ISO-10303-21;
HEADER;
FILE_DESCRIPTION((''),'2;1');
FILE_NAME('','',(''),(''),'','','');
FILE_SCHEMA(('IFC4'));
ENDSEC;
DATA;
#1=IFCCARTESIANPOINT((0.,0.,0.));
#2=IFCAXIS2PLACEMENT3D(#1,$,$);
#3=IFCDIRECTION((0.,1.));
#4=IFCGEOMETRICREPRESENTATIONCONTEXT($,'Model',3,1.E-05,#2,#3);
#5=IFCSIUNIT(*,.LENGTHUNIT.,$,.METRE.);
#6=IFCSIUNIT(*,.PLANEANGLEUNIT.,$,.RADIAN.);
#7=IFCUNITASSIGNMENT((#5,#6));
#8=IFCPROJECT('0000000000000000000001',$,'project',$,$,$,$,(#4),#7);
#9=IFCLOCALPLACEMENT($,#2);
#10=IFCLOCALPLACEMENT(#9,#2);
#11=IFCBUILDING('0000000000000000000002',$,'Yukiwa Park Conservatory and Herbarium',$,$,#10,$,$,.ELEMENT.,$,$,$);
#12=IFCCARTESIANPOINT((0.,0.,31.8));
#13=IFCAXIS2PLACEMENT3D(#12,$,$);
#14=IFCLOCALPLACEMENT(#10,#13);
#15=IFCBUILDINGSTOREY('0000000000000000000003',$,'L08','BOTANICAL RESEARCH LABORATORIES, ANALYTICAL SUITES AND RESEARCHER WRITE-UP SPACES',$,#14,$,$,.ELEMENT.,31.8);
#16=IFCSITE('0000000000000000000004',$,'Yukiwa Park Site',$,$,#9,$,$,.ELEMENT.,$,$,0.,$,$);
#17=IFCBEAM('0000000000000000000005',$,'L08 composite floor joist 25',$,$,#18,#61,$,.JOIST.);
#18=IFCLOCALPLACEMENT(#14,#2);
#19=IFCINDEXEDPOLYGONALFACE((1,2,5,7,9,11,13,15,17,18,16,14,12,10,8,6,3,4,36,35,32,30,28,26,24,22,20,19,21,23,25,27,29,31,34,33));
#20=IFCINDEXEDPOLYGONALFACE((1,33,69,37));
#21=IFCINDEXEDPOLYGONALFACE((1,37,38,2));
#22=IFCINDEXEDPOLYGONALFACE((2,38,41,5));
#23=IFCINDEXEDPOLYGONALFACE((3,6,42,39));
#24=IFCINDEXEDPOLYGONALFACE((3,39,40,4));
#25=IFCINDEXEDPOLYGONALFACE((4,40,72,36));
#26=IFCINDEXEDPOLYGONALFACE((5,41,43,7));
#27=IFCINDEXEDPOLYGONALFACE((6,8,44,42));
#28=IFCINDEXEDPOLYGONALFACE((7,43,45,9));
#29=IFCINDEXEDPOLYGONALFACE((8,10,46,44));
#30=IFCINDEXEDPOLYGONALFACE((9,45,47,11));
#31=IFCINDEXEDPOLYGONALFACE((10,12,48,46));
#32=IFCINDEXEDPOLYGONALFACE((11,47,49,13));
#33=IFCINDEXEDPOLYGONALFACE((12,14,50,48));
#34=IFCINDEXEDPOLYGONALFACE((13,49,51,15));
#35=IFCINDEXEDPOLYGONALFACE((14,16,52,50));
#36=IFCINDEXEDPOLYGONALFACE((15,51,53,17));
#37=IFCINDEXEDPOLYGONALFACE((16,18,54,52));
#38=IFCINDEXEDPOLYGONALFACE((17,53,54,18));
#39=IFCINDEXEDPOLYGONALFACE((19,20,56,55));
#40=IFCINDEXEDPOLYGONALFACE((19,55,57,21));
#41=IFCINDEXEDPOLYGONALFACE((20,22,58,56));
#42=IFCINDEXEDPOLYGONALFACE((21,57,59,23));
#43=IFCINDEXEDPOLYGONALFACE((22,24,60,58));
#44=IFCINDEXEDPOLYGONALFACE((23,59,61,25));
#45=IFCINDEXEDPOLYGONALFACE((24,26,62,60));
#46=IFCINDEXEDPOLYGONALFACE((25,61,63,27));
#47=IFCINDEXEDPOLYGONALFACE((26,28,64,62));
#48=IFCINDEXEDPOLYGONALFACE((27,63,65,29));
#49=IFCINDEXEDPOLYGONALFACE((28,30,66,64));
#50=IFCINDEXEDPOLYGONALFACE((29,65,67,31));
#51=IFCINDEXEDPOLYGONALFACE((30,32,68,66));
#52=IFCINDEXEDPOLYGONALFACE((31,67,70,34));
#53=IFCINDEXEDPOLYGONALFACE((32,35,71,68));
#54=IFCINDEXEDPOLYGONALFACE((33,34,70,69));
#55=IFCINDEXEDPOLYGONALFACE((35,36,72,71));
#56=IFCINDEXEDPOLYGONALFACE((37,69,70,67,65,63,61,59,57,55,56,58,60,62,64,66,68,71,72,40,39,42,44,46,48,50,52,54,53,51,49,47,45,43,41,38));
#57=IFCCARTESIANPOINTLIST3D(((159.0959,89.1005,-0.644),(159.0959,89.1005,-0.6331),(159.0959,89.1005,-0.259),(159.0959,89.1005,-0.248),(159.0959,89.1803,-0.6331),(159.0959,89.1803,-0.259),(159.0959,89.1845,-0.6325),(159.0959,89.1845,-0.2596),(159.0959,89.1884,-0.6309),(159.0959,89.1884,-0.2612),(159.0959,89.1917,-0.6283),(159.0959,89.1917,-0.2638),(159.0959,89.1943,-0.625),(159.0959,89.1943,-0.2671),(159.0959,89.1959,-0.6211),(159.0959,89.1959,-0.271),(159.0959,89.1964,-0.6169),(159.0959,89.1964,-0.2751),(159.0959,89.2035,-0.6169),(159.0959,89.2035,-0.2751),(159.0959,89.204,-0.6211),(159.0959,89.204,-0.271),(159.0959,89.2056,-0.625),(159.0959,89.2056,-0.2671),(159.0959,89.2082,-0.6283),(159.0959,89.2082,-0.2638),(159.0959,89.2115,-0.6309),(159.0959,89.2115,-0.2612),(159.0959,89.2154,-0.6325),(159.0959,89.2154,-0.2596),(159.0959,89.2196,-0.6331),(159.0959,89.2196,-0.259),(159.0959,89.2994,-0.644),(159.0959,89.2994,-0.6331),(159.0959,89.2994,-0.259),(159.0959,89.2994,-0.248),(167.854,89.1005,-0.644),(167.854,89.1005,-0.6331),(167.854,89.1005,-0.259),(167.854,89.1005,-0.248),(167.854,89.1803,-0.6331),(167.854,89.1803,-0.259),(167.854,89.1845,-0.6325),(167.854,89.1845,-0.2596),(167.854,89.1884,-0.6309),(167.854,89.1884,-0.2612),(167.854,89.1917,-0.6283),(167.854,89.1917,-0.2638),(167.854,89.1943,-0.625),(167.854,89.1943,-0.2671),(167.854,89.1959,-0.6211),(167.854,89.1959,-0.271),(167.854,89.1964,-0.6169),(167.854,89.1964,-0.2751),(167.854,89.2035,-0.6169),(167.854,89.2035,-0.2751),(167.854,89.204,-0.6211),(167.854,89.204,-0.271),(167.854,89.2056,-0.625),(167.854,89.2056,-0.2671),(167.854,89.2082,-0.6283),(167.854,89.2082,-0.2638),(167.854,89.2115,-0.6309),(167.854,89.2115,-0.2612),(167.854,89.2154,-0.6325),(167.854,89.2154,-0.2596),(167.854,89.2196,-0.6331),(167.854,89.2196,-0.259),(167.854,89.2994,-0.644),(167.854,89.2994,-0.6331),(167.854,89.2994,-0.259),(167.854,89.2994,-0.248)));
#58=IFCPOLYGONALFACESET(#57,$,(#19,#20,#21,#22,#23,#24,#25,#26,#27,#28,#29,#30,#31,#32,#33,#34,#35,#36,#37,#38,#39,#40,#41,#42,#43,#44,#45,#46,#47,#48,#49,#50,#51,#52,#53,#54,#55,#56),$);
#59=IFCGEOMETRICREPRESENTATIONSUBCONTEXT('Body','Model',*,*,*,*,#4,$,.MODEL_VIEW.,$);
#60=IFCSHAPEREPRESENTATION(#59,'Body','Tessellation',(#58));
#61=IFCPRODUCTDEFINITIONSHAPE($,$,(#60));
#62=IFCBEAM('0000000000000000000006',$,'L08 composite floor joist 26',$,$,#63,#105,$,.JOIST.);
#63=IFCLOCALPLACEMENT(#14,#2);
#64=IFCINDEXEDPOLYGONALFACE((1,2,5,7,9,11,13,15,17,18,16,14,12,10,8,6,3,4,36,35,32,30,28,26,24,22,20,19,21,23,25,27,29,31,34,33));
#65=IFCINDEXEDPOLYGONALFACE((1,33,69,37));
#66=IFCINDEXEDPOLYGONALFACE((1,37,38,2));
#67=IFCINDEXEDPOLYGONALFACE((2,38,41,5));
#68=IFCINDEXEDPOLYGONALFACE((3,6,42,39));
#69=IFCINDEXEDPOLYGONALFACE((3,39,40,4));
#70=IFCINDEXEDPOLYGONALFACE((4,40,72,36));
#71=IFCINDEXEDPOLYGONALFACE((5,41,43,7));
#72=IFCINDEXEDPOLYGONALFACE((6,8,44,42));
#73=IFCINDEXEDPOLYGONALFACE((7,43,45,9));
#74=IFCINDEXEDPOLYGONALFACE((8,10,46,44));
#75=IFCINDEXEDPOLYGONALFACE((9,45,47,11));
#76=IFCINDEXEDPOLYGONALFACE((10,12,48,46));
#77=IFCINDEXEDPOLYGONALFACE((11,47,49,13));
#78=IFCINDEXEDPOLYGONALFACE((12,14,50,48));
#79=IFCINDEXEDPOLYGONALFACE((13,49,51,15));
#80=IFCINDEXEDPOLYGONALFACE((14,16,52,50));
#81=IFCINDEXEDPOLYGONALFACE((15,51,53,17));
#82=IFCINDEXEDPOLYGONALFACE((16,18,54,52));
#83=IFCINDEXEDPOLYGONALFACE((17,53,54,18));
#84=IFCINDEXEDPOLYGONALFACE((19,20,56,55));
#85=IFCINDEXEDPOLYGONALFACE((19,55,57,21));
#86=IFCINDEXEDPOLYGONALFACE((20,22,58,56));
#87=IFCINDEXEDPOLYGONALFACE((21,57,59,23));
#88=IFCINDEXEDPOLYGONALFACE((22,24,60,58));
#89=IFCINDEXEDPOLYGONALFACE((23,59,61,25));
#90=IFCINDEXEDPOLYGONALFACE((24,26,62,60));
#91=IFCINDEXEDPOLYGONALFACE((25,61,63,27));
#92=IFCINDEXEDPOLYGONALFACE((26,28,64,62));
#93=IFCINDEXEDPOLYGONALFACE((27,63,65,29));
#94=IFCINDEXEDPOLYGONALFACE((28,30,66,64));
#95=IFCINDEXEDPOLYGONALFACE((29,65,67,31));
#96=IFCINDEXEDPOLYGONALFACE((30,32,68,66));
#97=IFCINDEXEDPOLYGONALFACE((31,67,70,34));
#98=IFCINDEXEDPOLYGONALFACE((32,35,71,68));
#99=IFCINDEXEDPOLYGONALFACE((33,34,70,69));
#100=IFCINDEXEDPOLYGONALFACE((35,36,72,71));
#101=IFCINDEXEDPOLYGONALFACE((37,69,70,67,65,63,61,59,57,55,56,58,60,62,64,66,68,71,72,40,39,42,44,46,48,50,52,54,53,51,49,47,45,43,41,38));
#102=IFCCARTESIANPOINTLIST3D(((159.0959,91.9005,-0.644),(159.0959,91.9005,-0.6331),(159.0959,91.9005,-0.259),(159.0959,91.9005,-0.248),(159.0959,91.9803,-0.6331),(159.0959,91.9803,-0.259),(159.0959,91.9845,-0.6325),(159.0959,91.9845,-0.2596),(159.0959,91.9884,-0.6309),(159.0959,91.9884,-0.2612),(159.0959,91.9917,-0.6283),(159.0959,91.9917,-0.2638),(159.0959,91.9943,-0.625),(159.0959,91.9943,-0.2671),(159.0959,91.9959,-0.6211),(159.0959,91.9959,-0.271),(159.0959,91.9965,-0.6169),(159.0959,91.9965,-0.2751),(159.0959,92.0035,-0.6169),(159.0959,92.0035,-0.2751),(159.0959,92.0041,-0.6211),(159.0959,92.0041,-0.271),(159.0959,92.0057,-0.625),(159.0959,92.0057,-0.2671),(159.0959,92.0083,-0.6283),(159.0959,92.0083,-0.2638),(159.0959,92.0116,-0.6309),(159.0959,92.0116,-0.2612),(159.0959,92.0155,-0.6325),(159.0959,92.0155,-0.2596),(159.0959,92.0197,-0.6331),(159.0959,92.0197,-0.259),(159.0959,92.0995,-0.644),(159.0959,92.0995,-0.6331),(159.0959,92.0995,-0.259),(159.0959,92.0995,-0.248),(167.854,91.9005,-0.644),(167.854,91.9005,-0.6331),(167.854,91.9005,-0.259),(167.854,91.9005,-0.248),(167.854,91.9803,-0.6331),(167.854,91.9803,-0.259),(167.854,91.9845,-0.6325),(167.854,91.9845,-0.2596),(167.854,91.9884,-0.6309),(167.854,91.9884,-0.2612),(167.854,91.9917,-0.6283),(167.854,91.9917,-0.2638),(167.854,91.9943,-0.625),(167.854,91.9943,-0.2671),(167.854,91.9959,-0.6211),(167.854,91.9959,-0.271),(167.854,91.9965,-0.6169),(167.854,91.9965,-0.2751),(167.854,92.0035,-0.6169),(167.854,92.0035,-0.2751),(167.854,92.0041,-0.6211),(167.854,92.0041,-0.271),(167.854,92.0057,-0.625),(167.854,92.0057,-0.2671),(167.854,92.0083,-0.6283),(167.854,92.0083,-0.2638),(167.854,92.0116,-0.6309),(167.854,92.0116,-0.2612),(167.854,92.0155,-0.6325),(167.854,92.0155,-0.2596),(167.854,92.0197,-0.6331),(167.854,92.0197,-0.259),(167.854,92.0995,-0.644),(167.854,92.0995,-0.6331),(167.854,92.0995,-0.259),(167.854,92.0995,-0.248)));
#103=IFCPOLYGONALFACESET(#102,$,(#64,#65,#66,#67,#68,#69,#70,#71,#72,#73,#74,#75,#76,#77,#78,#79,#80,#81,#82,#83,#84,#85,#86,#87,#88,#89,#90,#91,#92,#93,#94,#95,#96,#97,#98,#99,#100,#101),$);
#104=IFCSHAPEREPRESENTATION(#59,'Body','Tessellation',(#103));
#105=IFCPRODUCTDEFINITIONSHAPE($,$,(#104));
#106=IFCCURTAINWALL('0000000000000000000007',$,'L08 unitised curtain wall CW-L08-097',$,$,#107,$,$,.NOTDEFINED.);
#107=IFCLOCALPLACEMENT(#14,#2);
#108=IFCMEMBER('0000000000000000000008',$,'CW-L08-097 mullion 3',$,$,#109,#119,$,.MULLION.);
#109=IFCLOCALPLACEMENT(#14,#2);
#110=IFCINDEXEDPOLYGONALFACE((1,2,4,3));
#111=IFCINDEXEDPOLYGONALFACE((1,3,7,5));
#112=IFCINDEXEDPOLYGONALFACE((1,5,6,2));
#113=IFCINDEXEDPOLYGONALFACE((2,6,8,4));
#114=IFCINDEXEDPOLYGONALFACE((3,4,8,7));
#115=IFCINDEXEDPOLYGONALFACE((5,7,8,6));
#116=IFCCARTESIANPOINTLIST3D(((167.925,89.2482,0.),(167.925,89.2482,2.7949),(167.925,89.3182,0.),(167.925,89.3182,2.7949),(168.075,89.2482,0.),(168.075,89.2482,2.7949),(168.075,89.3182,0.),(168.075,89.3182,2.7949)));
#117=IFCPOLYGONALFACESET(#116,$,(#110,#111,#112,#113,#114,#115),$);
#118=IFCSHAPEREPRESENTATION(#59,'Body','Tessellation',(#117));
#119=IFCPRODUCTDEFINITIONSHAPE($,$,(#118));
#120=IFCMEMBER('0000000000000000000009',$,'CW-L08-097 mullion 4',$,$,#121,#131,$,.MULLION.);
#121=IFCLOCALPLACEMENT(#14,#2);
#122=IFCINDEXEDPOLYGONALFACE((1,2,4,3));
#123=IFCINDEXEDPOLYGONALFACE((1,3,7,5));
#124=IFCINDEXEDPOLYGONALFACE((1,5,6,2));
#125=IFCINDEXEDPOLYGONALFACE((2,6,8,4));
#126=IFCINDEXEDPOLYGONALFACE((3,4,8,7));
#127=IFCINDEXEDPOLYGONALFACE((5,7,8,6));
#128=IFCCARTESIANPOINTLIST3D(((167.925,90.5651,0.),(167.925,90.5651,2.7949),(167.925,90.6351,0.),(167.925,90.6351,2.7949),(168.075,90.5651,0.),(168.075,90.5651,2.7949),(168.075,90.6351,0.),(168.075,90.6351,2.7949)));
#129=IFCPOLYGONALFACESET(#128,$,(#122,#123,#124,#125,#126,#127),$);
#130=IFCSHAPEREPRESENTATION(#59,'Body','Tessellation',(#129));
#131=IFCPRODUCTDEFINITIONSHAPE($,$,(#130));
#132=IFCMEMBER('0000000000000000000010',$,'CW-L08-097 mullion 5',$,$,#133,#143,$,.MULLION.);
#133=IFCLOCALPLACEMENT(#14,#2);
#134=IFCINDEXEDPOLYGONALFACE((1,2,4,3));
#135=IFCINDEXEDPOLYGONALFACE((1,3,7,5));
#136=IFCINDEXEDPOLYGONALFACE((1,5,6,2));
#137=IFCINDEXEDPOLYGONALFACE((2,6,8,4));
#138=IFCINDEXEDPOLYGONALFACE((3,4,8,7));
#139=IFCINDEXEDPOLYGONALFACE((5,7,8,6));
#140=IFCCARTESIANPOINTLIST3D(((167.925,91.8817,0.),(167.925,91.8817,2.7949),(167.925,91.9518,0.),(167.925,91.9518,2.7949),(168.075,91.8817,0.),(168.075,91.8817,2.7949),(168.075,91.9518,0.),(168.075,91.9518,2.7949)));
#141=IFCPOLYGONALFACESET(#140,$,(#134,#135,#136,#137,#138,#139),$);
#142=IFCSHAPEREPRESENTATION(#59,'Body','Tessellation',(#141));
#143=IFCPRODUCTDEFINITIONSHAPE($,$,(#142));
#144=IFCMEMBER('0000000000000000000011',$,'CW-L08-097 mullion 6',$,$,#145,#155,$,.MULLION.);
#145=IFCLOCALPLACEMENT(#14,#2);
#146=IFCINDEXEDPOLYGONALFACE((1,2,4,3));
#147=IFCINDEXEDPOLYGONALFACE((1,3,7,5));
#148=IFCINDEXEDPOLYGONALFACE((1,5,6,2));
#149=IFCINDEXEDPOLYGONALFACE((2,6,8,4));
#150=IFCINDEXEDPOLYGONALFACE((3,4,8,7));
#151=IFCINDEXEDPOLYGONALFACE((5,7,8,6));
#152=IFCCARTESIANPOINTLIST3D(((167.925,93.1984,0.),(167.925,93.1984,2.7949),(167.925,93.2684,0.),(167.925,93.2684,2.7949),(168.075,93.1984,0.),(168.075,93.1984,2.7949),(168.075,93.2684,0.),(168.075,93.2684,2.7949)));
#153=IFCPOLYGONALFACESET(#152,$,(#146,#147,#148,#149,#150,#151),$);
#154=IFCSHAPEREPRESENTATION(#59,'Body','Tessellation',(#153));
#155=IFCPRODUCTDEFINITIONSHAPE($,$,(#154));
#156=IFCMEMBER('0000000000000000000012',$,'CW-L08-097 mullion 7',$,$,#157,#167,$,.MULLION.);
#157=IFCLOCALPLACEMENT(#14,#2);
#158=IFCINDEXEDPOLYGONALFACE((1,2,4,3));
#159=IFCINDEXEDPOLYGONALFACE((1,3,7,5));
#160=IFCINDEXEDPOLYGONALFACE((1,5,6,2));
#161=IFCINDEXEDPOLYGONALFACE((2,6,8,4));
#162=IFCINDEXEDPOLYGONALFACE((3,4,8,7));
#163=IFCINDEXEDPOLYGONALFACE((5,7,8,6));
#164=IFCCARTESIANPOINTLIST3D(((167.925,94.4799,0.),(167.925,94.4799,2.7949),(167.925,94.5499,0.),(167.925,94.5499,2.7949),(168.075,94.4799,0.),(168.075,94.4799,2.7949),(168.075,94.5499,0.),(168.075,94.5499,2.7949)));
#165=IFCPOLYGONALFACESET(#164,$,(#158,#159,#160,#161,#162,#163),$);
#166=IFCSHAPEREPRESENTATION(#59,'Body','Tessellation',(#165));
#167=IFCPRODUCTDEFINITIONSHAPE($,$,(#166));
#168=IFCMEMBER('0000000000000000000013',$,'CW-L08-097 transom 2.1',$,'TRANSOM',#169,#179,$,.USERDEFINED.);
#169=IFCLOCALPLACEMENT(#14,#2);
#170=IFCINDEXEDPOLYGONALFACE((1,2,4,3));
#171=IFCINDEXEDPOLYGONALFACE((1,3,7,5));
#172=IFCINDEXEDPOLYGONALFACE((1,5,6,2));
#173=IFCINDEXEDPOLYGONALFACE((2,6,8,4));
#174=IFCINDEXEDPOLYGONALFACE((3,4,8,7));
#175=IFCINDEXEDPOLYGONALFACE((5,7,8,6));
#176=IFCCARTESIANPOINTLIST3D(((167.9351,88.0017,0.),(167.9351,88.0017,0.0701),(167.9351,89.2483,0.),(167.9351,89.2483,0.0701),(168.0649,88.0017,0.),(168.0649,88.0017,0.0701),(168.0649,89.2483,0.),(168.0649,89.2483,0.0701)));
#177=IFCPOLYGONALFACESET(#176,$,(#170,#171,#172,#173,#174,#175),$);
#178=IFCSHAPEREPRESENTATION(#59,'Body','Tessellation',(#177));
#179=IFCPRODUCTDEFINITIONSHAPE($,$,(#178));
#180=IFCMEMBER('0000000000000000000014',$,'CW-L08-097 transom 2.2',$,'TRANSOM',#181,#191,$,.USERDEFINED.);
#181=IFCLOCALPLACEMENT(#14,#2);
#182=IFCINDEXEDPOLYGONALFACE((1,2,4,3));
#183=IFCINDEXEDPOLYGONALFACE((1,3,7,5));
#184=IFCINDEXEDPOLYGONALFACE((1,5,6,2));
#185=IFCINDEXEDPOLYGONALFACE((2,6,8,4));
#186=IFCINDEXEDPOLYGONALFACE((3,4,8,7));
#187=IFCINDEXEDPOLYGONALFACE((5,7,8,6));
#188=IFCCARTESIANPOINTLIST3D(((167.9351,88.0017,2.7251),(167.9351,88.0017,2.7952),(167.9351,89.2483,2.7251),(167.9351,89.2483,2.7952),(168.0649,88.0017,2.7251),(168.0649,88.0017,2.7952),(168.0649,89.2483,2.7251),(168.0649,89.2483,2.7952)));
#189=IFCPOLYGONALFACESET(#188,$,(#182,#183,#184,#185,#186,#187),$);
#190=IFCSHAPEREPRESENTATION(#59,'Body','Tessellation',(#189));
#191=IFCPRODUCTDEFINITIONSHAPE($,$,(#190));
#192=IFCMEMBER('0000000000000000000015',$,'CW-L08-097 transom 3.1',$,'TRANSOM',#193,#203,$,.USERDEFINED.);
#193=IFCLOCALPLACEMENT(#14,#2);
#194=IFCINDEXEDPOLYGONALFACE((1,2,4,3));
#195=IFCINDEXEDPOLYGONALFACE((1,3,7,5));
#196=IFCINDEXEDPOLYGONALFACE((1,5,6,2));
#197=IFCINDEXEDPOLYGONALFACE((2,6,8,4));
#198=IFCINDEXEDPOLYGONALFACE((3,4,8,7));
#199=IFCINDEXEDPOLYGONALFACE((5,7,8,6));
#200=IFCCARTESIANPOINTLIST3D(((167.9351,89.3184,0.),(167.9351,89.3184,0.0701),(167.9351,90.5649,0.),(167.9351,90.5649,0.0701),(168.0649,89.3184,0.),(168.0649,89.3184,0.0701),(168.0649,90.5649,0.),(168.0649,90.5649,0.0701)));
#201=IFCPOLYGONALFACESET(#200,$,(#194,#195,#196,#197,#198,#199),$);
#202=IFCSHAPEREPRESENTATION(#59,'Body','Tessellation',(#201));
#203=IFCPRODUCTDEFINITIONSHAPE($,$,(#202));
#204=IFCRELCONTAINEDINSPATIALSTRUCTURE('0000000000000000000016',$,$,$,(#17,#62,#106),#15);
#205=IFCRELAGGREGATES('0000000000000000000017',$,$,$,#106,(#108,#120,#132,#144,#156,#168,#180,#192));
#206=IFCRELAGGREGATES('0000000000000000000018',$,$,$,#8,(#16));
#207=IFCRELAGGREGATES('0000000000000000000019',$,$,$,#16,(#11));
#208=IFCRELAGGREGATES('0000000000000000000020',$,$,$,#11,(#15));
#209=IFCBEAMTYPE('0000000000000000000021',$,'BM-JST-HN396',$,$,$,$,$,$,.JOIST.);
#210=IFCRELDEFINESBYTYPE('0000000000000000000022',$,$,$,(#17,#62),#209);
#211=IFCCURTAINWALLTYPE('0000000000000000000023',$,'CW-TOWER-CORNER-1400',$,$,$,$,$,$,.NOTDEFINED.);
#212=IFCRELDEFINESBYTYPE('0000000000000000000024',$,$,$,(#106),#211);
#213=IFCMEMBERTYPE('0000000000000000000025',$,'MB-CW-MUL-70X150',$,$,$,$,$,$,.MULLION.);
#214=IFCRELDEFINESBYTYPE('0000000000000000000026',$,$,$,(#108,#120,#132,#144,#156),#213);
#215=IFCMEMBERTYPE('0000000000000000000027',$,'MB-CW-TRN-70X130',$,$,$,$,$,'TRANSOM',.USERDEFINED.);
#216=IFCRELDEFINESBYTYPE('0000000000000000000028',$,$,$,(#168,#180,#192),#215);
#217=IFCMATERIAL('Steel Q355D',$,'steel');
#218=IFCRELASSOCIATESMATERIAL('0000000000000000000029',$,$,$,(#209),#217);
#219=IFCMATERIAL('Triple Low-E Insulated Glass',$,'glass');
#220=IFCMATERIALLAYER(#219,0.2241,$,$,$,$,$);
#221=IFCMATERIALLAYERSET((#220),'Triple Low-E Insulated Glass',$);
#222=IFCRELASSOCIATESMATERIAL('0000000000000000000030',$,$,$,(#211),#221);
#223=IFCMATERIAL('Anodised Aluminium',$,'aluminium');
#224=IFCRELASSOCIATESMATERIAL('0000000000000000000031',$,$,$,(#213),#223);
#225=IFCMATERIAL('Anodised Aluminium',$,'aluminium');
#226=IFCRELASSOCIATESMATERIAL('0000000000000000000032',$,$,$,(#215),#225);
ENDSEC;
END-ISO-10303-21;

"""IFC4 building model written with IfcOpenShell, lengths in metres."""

from ifc_helpers import new_model, si_unit, direction, frame, origin, origin_2d, place, context, subcontext, project, spatial, rectangle, i_section, extrude, material, layer, layer_set, material_profile, profile_set, type_object, element, aggregate, save


model = new_model("IFC4")

# Units and contexts
model_context = context("Model", 3, precision=1e-05, world=origin(), true_north=direction((0.0, 1.0)))
body_context = subcontext(model_context, "Body", "Model", "MODEL_VIEW")
ifc_project = project(units=[si_unit("LENGTHUNIT", "METRE"), si_unit("PLANEANGLEUNIT", "RADIAN")], contexts=[model_context])

# Site, building, storey
site_placement = place(None, origin())
site = spatial("IfcSite", under=ifc_project, at=site_placement, Name="Yukiwa Park Site", CompositionType="ELEMENT", RefElevation=0.0)
building_placement = place(site_placement, origin())
building = spatial("IfcBuilding", under=site, at=building_placement, Name="Yukiwa Park Conservatory and Herbarium", CompositionType="ELEMENT")
storey_placement = place(building_placement, frame((0.0, 0.0, 31.8)))
storey = spatial("IfcBuildingStorey", under=building, at=storey_placement, Name="L08", Description="BOTANICAL RESEARCH LABORATORIES, ANALYTICAL SUITES AND RESEARCHER WRITE-UP SPACES", CompositionType="ELEMENT", Elevation=31.8)

# Beams
ifc_material_1 = material(Name="Steel Q355D", Category="steel")
ifc_material_profile = material_profile(ifc_material_1, i_section(OverallWidth=0.199, OverallDepth=0.396, WebThickness=0.0071, FlangeThickness=0.011, FilletRadius=0.0161, at=origin_2d()), Name="HN 396x199x7x11")
ifc_profile_set = profile_set([ifc_material_profile], Name="Steel Q355D")
beam_type = type_object("IfcBeamType", Name="BM-JST-HN396", PredefinedType="JOIST", material=ifc_profile_set)
for number, where, z_axis, x_axis, name in (
    (1, (159.0959, 89.2, -0.446), (1.0, 0.0, 0.0), (0.0, 1.0, 0.0), "L08 composite floor joist 25"),
    (2, (159.0959, 92.0, -0.446), (1.0, 0.0, 0.0), (0.0, 1.0, 0.0), "L08 composite floor joist 26"),
):
    element("IfcBeam", number, at=place(storey_placement, frame(where, z_axis=z_axis, x_axis=x_axis)), inside=storey, type_object=beam_type, Name=name, PredefinedType="JOIST", context=body_context, shape_type="SweptSolid", body=[
        extrude(i_section(OverallWidth=0.199, OverallDepth=0.396, WebThickness=0.0071, FlangeThickness=0.011, FilletRadius=0.0161, at=origin_2d()), origin(), (0.0, 0.0, 1.0), 8.7581),
    ])

# Curtain wall, members
ifc_material_2 = material(Name="Triple Low-E Insulated Glass", Category="glass")
ifc_layer_1 = layer(ifc_material_2, 0.2241)
ifc_layer_set_1 = layer_set([ifc_layer_1], Name="Triple Low-E Insulated Glass")
curtain_wall_type = type_object("IfcCurtainWallType", Name="CW-TOWER-CORNER-1400", PredefinedType="NOTDEFINED", material=ifc_layer_set_1)
curtain_wall_placement = place(storey_placement, origin())
curtain_wall = element("IfcCurtainWall", 3, at=curtain_wall_placement, inside=storey, type_object=curtain_wall_type, Name="L08 unitised curtain wall CW-L08-097", PredefinedType="NOTDEFINED")
ifc_material_3 = material(Name="Anodised Aluminium", Category="aluminium")
member_type_1 = type_object("IfcMemberType", Name="MB-CW-MUL-70X150", PredefinedType="MULLION", material=ifc_material_3)
member_1_placement = place(storey_placement, frame((168.0, 89.2832, 0.0), z_axis=(0.0, 0.0, 1.0), x_axis=(0.0, 1.0, 0.0)))
member_1 = element("IfcMember", 4, at=member_1_placement, type_object=member_type_1, Name="CW-L08-097 mullion 3", PredefinedType="MULLION", context=body_context, shape_type="SweptSolid", body=[
    extrude(rectangle(XDim=0.0701, YDim=0.1499, at=origin_2d()), origin(), (0.0, 0.0, 1.0), 2.7949),
])
member_2_placement = place(storey_placement, frame((168.0, 90.6001, 0.0), z_axis=(0.0, 0.0, 1.0), x_axis=(0.0, 1.0, 0.0)))
member_2 = element("IfcMember", 5, at=member_2_placement, type_object=member_type_1, Name="CW-L08-097 mullion 4", PredefinedType="MULLION", context=body_context, shape_type="SweptSolid", body=[
    extrude(rectangle(XDim=0.0701, YDim=0.1499, at=origin_2d()), origin(), (0.0, 0.0, 1.0), 2.7949),
])
member_3_placement = place(storey_placement, frame((168.0, 91.9167, 0.0), z_axis=(0.0, 0.0, 1.0), x_axis=(0.0, 1.0, 0.0)))
member_3 = element("IfcMember", 6, at=member_3_placement, type_object=member_type_1, Name="CW-L08-097 mullion 5", PredefinedType="MULLION", context=body_context, shape_type="SweptSolid", body=[
    extrude(rectangle(XDim=0.0701, YDim=0.1499, at=origin_2d()), origin(), (0.0, 0.0, 1.0), 2.7949),
])
member_4_placement = place(storey_placement, frame((168.0, 93.2334, 0.0), z_axis=(0.0, 0.0, 1.0), x_axis=(0.0, 1.0, 0.0)))
member_4 = element("IfcMember", 7, at=member_4_placement, type_object=member_type_1, Name="CW-L08-097 mullion 6", PredefinedType="MULLION", context=body_context, shape_type="SweptSolid", body=[
    extrude(rectangle(XDim=0.0701, YDim=0.1499, at=origin_2d()), origin(), (0.0, 0.0, 1.0), 2.7949),
])
member_5_placement = place(storey_placement, frame((168.0, 94.5149, 0.0), z_axis=(0.0, 0.0, 1.0), x_axis=(0.0, 1.0, 0.0)))
member_5 = element("IfcMember", 8, at=member_5_placement, type_object=member_type_1, Name="CW-L08-097 mullion 7", PredefinedType="MULLION", context=body_context, shape_type="SweptSolid", body=[
    extrude(rectangle(XDim=0.0701, YDim=0.1499, at=origin_2d()), origin(), (0.0, 0.0, 1.0), 2.7949),
])
ifc_material_4 = material(Name="Anodised Aluminium", Category="aluminium")
member_type_2 = type_object("IfcMemberType", Name="MB-CW-TRN-70X130", ElementType="TRANSOM", PredefinedType="USERDEFINED", material=ifc_material_4)
member_6_placement = place(storey_placement, frame((168.0, 88.625, 0.0), z_axis=(0.0, 0.0, 1.0), x_axis=(0.0, 1.0, 0.0)))
member_6 = element("IfcMember", 9, at=member_6_placement, type_object=member_type_2, Name="CW-L08-097 transom 2.1", ObjectType="TRANSOM", PredefinedType="USERDEFINED", context=body_context, shape_type="SweptSolid", body=[
    extrude(rectangle(XDim=1.2466, YDim=0.1299, at=origin_2d()), origin(), (0.0, 0.0, 1.0), 0.0701),
])
member_7_placement = place(storey_placement, frame((168.0, 88.625, 2.7251), z_axis=(0.0, 0.0, 1.0), x_axis=(0.0, 1.0, 0.0)))
member_7 = element("IfcMember", 10, at=member_7_placement, type_object=member_type_2, Name="CW-L08-097 transom 2.2", ObjectType="TRANSOM", PredefinedType="USERDEFINED", context=body_context, shape_type="SweptSolid", body=[
    extrude(rectangle(XDim=1.2466, YDim=0.1299, at=origin_2d()), origin(), (0.0, 0.0, 1.0), 0.0701),
])
member_8_placement = place(storey_placement, frame((168.0, 89.9417, 0.0), z_axis=(0.0, 0.0, 1.0), x_axis=(0.0, 1.0, 0.0)))
member_8 = element("IfcMember", 11, at=member_8_placement, type_object=member_type_2, Name="CW-L08-097 transom 3.1", ObjectType="TRANSOM", PredefinedType="USERDEFINED", context=body_context, shape_type="SweptSolid", body=[
    extrude(rectangle(XDim=1.2466, YDim=0.1299, at=origin_2d()), origin(), (0.0, 0.0, 1.0), 0.0701),
])
aggregate(curtain_wall, [member_1, member_2, member_3, member_4, member_5, member_6, member_7, member_8])

save(model, "model.ifc")
